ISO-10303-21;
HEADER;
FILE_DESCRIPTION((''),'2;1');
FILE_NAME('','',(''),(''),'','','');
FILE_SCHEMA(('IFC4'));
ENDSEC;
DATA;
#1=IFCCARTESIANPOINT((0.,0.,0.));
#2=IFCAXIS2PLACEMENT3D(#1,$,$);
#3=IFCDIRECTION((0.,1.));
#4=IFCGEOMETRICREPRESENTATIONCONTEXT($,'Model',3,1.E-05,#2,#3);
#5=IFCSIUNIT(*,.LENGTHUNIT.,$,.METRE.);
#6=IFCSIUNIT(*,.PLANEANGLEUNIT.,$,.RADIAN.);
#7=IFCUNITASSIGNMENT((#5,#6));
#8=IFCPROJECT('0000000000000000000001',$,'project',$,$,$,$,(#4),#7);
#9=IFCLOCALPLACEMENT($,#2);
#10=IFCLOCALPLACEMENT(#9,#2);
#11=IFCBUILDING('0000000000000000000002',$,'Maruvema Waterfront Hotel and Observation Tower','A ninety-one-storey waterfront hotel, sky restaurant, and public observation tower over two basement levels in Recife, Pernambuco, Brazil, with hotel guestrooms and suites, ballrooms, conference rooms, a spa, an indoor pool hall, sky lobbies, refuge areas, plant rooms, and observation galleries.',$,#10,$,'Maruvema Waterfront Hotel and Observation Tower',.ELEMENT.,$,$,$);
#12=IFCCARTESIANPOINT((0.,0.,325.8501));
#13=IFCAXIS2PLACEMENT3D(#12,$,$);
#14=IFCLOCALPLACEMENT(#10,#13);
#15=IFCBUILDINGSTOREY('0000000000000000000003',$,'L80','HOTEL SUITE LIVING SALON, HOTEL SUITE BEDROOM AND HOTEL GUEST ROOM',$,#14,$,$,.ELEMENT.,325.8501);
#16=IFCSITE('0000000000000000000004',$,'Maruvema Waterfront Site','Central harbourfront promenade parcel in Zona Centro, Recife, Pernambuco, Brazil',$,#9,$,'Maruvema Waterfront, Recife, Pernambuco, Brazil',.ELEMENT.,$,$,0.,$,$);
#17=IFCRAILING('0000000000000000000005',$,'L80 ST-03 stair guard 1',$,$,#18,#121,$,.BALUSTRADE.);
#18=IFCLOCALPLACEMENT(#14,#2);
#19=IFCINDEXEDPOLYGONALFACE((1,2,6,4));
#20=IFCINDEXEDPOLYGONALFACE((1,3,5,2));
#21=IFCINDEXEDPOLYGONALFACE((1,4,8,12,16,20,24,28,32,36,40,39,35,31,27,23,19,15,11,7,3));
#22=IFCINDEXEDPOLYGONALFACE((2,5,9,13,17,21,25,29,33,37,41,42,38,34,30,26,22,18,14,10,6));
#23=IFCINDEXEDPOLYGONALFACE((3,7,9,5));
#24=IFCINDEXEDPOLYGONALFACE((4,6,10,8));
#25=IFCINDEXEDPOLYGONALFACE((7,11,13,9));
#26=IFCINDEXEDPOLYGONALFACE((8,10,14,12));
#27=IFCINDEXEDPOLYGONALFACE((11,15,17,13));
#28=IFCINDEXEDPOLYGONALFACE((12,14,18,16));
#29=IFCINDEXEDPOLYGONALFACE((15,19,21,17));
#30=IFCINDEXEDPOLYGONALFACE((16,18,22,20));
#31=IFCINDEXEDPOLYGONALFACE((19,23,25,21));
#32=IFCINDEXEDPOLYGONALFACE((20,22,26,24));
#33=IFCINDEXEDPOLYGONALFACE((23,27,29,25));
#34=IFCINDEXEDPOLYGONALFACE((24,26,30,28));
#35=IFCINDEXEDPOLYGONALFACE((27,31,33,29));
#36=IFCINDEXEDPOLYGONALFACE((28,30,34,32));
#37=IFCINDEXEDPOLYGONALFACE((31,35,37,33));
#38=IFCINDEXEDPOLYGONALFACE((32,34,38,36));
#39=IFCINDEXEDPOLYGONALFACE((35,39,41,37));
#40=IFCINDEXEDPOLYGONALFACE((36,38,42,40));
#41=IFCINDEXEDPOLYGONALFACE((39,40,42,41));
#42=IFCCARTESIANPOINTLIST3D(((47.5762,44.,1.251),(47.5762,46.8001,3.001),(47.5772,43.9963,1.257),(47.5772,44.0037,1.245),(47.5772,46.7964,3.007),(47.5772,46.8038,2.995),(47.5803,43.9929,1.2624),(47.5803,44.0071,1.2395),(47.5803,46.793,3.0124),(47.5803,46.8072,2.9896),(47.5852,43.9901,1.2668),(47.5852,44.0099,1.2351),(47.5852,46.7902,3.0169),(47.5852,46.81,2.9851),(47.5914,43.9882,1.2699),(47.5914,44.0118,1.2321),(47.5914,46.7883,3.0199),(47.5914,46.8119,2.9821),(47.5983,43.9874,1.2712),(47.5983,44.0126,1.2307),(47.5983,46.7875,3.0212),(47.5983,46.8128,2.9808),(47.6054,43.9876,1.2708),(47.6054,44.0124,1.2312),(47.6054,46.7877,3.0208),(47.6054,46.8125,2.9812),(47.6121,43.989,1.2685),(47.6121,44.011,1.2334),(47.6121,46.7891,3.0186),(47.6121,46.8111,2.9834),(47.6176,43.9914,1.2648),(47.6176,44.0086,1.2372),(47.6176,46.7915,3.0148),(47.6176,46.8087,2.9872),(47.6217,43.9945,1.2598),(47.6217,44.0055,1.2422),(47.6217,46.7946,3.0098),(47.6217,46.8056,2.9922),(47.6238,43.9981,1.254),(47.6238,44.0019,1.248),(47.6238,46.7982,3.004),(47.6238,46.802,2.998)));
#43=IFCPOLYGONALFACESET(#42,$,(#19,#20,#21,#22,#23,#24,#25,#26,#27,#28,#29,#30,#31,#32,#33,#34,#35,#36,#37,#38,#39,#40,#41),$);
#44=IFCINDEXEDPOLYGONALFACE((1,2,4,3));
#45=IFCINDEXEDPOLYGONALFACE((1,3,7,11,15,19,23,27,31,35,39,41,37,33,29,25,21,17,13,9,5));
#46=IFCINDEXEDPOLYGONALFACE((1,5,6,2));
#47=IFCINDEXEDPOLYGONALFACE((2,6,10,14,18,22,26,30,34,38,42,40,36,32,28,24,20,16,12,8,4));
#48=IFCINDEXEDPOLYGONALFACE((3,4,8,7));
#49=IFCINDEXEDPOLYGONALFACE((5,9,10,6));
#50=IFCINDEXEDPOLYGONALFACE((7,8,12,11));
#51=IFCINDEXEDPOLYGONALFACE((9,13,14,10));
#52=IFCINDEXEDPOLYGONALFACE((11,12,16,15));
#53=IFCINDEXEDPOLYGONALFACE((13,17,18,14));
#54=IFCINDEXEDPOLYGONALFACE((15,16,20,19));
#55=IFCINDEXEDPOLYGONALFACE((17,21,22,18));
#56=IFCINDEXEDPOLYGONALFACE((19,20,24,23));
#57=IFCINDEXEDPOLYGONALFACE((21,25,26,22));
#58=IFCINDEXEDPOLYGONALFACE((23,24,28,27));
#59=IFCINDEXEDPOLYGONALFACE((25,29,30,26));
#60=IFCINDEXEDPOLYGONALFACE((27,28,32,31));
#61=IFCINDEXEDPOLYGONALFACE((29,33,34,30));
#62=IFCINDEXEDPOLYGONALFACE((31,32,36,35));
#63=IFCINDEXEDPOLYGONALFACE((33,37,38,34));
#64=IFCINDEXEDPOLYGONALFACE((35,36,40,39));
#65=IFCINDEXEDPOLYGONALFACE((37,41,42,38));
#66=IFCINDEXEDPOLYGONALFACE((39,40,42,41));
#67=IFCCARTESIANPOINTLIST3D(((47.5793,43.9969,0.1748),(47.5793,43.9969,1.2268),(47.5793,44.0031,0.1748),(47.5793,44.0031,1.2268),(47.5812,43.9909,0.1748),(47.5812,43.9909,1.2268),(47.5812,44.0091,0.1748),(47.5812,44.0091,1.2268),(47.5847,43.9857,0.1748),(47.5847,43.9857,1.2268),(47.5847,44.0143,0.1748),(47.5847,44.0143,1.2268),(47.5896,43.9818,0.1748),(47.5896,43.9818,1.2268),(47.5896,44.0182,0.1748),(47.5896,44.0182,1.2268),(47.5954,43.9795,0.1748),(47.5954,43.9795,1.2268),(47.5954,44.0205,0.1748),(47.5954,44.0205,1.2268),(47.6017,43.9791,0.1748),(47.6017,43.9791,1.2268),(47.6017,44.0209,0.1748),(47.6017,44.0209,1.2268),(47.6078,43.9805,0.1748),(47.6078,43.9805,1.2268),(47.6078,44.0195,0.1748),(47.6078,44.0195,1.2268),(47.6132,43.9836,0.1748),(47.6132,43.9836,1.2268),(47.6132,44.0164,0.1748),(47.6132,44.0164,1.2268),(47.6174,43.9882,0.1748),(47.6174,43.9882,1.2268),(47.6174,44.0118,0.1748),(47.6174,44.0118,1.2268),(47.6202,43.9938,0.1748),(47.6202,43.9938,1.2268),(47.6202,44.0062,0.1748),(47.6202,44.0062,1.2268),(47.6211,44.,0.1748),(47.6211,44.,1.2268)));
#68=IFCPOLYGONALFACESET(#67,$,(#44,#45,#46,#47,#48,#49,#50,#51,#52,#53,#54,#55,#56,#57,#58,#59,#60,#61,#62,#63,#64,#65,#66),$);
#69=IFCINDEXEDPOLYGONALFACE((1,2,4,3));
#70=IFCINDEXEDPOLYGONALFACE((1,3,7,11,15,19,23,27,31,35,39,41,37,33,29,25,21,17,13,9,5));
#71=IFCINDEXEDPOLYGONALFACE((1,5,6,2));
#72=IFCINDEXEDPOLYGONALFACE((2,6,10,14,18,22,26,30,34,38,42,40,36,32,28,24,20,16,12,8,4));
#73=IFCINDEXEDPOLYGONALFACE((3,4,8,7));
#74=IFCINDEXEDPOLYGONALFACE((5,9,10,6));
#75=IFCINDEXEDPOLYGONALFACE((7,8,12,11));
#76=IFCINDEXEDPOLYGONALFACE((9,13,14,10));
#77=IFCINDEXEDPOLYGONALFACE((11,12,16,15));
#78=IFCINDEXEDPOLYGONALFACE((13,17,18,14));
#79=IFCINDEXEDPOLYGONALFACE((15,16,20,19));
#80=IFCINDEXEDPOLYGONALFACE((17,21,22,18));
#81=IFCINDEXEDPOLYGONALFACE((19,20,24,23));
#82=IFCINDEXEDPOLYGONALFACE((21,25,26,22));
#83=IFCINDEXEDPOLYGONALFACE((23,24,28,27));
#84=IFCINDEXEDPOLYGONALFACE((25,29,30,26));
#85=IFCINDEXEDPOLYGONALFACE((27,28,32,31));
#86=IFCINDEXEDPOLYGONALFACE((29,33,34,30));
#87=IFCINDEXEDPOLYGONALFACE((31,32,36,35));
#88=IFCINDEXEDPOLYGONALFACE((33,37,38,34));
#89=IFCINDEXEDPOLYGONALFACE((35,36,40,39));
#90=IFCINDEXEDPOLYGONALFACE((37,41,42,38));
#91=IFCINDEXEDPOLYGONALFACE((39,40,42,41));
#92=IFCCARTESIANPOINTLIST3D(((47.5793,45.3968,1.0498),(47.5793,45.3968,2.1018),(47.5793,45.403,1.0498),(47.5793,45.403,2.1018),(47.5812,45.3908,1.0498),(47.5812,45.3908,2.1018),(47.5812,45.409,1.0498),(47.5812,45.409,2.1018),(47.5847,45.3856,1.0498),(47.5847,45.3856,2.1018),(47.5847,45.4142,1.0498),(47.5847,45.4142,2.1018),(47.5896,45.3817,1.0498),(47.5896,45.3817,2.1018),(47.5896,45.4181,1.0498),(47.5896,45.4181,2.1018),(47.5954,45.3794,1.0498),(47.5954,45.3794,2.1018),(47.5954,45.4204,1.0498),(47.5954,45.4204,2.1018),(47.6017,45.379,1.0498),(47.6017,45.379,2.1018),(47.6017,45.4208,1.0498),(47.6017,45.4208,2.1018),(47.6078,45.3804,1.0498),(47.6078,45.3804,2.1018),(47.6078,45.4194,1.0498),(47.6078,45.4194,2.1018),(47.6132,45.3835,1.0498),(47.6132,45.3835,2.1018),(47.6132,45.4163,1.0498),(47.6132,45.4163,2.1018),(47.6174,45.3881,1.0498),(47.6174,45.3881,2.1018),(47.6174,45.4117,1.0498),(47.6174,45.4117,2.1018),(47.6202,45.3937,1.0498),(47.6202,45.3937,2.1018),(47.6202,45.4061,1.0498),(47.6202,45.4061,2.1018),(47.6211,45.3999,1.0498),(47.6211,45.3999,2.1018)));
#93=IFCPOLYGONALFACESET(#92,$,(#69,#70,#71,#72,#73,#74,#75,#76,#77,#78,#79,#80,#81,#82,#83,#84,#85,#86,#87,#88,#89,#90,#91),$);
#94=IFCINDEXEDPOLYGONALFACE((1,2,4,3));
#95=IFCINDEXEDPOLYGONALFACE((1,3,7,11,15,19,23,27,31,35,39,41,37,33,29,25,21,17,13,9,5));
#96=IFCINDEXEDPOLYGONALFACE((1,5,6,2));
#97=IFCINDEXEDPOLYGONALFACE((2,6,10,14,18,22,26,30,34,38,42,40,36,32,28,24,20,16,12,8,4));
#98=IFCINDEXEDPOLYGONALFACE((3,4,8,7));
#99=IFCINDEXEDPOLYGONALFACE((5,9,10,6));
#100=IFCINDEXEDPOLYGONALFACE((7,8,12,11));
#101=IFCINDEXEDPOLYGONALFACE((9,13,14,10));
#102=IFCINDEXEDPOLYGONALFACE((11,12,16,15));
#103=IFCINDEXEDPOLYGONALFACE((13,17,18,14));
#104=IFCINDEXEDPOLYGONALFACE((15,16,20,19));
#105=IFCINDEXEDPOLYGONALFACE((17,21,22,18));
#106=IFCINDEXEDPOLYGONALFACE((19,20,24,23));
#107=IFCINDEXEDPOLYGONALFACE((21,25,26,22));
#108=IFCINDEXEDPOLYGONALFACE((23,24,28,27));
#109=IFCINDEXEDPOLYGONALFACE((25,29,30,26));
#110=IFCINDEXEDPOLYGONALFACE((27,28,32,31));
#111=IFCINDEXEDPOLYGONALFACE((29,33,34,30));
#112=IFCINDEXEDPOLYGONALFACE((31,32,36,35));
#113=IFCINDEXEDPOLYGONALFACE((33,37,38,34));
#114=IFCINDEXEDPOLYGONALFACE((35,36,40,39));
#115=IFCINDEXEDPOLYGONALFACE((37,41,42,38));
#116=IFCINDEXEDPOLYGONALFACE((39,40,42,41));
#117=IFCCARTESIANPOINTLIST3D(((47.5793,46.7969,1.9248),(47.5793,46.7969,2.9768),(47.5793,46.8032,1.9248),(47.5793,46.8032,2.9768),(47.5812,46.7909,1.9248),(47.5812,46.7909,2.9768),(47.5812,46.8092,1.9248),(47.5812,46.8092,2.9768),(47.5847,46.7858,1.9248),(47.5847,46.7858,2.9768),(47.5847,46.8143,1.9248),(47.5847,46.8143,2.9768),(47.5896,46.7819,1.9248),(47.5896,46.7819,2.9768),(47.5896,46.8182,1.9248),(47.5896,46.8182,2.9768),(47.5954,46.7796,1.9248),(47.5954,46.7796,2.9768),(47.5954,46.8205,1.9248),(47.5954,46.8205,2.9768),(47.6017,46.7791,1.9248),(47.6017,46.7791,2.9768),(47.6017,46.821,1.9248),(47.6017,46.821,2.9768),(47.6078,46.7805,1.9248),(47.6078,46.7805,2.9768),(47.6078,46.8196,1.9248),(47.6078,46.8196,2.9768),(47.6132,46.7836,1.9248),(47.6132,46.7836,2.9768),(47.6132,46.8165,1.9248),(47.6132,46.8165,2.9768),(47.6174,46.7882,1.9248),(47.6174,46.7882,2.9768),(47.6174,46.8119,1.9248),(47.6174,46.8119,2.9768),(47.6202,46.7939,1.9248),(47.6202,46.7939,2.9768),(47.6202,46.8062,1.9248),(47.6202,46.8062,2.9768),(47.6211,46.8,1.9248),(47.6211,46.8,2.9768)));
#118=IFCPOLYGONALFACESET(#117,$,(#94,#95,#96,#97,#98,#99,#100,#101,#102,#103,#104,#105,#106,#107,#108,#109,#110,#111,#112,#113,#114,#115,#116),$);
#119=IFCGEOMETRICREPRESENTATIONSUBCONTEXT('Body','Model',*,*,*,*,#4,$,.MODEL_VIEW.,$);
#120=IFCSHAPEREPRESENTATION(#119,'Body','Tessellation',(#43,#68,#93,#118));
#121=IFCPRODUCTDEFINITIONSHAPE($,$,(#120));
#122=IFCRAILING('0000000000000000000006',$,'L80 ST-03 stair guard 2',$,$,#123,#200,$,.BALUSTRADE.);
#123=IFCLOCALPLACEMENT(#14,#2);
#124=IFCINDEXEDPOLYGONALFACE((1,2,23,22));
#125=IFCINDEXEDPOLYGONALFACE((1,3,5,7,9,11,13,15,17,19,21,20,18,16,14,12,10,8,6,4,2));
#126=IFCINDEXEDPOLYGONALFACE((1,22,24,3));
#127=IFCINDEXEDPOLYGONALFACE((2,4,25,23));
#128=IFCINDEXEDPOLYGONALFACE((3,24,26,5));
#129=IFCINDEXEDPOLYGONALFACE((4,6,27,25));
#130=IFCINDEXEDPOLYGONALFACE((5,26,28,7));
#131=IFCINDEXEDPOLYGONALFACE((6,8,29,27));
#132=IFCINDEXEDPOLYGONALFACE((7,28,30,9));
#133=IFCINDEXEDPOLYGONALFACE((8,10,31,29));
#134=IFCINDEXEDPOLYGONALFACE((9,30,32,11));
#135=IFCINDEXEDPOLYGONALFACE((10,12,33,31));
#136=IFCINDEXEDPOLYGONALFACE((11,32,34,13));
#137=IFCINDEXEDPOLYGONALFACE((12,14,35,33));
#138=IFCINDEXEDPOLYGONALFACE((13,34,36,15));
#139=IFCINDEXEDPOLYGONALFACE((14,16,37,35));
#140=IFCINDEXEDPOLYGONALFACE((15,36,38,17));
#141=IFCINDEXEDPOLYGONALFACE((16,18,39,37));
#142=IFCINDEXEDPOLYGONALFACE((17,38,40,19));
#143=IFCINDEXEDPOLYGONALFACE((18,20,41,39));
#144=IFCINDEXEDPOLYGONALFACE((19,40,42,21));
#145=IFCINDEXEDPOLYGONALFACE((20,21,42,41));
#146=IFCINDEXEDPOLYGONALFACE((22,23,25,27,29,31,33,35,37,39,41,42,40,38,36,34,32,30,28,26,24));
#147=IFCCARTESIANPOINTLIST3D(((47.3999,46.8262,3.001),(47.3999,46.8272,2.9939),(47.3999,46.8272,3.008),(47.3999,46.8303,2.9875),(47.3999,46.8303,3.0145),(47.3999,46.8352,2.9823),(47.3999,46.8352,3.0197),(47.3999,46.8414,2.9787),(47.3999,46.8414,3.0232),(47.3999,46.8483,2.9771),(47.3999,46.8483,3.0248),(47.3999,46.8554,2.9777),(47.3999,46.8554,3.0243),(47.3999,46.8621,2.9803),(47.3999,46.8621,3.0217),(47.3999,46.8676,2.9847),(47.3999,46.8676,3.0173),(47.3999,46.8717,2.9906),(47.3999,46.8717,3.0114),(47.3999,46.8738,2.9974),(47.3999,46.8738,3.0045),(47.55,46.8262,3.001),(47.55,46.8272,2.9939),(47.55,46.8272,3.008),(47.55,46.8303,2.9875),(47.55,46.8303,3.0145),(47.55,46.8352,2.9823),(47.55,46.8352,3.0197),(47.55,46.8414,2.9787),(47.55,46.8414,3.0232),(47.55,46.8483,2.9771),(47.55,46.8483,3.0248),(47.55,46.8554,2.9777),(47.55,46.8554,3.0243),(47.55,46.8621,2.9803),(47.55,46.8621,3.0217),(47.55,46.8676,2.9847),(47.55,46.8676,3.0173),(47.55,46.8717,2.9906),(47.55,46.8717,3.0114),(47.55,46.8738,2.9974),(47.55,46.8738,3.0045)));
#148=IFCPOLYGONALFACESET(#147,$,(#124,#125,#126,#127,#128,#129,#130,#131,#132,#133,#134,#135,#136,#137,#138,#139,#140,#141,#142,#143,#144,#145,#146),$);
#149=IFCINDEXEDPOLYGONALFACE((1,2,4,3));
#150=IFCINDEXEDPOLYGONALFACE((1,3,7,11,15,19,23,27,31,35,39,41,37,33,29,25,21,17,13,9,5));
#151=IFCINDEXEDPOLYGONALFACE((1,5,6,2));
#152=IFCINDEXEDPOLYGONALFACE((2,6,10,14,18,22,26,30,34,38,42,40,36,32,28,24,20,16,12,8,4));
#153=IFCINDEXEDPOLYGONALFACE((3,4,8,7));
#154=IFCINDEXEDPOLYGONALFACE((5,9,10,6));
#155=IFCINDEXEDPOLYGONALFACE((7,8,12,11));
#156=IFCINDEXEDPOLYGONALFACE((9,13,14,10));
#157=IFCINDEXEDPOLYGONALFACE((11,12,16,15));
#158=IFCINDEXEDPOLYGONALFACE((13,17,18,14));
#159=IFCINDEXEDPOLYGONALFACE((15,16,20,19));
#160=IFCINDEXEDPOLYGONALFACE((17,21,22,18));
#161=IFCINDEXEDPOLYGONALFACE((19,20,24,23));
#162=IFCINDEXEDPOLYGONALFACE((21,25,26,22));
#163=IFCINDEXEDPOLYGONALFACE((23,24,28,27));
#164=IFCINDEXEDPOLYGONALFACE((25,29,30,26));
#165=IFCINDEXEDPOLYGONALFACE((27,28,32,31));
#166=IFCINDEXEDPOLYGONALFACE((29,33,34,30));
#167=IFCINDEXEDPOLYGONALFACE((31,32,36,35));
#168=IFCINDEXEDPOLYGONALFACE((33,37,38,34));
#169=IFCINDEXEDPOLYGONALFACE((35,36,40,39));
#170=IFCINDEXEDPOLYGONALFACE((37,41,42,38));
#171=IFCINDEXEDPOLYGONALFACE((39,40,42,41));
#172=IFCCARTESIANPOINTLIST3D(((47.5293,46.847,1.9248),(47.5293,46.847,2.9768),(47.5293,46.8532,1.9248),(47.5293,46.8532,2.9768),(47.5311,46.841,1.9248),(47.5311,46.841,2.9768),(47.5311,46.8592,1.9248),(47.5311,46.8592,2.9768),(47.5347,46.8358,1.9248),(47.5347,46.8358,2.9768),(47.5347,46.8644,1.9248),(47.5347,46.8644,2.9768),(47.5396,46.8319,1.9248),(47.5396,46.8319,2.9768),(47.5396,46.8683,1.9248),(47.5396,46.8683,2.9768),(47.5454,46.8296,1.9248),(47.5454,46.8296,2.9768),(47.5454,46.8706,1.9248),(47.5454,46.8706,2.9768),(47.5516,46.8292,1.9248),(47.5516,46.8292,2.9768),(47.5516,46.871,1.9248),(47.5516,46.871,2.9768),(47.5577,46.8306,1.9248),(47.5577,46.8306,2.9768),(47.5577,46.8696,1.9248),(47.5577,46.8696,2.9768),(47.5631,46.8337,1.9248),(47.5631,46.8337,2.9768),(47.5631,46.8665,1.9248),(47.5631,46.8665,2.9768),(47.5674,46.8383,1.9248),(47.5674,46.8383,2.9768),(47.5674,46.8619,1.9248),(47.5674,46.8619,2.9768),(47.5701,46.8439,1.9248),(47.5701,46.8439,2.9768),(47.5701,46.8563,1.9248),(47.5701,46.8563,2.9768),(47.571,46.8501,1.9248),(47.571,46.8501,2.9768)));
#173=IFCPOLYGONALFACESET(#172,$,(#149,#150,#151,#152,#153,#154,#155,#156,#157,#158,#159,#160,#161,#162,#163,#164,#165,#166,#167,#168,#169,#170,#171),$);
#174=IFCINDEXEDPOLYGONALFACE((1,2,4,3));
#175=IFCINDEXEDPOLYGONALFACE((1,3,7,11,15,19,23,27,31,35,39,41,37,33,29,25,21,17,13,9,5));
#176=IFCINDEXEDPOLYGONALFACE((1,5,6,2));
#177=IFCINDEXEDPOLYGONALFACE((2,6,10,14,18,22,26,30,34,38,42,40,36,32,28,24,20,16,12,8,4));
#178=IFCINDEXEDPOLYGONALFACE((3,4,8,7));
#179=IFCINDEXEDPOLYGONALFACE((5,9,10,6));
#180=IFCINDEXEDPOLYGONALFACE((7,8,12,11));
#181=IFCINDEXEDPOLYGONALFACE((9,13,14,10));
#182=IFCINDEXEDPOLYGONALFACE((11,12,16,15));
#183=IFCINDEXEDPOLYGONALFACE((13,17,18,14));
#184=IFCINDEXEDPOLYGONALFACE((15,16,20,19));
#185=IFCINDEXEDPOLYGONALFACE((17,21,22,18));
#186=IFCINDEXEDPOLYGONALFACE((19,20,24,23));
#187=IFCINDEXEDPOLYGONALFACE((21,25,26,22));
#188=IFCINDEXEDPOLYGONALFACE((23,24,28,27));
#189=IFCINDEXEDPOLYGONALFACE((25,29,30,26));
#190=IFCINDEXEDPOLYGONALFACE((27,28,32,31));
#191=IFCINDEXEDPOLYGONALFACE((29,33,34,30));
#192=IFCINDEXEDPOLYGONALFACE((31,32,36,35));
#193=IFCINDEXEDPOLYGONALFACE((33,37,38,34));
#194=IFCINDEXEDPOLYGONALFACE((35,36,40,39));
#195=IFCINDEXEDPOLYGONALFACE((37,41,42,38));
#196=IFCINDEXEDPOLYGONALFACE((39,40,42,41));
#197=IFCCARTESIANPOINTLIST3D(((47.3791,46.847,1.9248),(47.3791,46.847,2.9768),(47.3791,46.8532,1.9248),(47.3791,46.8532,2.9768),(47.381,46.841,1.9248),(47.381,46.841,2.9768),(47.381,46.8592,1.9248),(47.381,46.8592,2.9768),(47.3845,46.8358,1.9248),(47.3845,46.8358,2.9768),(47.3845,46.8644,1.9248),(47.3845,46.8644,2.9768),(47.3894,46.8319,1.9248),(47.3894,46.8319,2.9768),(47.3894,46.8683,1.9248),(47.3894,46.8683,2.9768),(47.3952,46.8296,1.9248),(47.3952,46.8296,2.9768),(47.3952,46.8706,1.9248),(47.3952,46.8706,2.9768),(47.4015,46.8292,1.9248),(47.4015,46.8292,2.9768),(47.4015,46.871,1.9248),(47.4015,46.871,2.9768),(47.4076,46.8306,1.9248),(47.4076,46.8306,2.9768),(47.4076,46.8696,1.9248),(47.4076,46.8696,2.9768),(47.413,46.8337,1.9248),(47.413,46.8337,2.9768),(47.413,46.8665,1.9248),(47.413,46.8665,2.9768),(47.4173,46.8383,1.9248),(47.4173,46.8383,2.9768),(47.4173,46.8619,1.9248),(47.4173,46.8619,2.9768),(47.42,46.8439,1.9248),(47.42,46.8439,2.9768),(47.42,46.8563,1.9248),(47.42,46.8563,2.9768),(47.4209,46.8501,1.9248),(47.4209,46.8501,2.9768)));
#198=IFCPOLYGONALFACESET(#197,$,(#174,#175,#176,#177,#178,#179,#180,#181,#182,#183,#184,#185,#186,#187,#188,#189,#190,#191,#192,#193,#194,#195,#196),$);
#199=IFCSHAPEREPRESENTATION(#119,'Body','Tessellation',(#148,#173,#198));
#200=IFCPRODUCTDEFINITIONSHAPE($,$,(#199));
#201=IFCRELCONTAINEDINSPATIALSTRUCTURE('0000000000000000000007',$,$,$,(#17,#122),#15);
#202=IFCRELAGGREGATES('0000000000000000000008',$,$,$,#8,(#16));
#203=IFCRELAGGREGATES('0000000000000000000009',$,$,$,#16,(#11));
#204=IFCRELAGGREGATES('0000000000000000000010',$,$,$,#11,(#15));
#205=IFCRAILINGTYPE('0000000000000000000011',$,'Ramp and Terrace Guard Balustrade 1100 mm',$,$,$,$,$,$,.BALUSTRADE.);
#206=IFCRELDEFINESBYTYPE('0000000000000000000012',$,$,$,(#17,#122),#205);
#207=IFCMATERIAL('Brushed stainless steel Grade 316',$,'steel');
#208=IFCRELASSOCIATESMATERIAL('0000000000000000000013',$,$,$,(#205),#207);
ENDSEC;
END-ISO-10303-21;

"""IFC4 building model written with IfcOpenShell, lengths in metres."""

from ifc_helpers import new_model, si_unit, direction, frame, origin, origin_2d, place, context, subcontext, project, spatial, circle, extrude, material, type_object, element, save


model = new_model("IFC4")

# Units and contexts
model_context = context("Model", 3, precision=1e-05, world=origin(), true_north=direction((0.0, 1.0)))
body_context = subcontext(model_context, "Body", "Model", "MODEL_VIEW")
ifc_project = project(units=[si_unit("LENGTHUNIT", "METRE"), si_unit("PLANEANGLEUNIT", "RADIAN")], contexts=[model_context])

# Site, building, storey
site_placement = place(None, origin())
site = spatial("IfcSite", under=ifc_project, at=site_placement, Name="Maruvema Waterfront Site", Description="Central harbourfront promenade parcel in Zona Centro, Recife, Pernambuco, Brazil", LongName="Maruvema Waterfront, Recife, Pernambuco, Brazil", CompositionType="ELEMENT", RefElevation=0.0)
building_placement = place(site_placement, origin())
building = spatial("IfcBuilding", under=site, at=building_placement, Name="Maruvema Waterfront Hotel and Observation Tower", Description="A ninety-one-storey waterfront hotel, sky restaurant, and public observation tower over two basement levels in Recife, Pernambuco, Brazil, with hotel guestrooms and suites, ballrooms, conference rooms, a spa, an indoor pool hall, sky lobbies, refuge areas, plant rooms, and observation galleries.", LongName="Maruvema Waterfront Hotel and Observation Tower", CompositionType="ELEMENT")
storey_placement = place(building_placement, frame((0.0, 0.0, 325.8501)))
storey = spatial("IfcBuildingStorey", under=building, at=storey_placement, Name="L80", Description="HOTEL SUITE LIVING SALON, HOTEL SUITE BEDROOM AND HOTEL GUEST ROOM", CompositionType="ELEMENT", Elevation=325.8501)

# Railings
ifc_material_1 = material(Name="Brushed stainless steel Grade 316", Category="steel")
railing_type_1 = type_object("IfcRailingType", Name="Ramp and Terrace Guard Balustrade 1100 mm", PredefinedType="BALUSTRADE", material=ifc_material_1)
railing_1_placement = place(storey_placement, frame((47.6001, 44.0, 0.1748)))
element("IfcRailing", 1, at=railing_1_placement, inside=storey, type_object=railing_type_1, Name="L80 ST-03 stair guard 1", PredefinedType="BALUSTRADE", context=body_context, shape_type="SweptSolid", body=[
    extrude(circle(Radius=0.0239, at=origin_2d()), frame((0.0, 0.0, 1.0762), z_axis=(0.0, 0.848002, 0.529992), x_axis=(-1.0, 0.0, 0.0)), (0.0, 0.0, 1.0), 3.302),
    extrude(circle(Radius=0.021, at=origin_2d()), origin(), (0.0, 0.0, 1.0), 1.052),
    extrude(circle(Radius=0.021, at=origin_2d()), frame((0.0, 1.3999, 0.875)), (0.0, 0.0, 1.0), 1.052),
    extrude(circle(Radius=0.021, at=origin_2d()), frame((0.0, 2.8, 1.75)), (0.0, 0.0, 1.0), 1.052),
])
railing_2_placement = place(storey_placement, frame((47.55, 46.8501, 1.9248)))
element("IfcRailing", 2, at=railing_2_placement, inside=storey, type_object=railing_type_1, Name="L80 ST-03 stair guard 2", PredefinedType="BALUSTRADE", context=body_context, shape_type="SweptSolid", body=[
    extrude(circle(Radius=0.0239, at=origin_2d()), frame((0.0, 0.0, 1.0762), z_axis=(-1.0, 0.0, 0.0), x_axis=(0.0, -1.0, 0.0)), (0.0, 0.0, 1.0), 0.1501),
    extrude(circle(Radius=0.021, at=origin_2d()), origin(), (0.0, 0.0, 1.0), 1.052),
    extrude(circle(Radius=0.021, at=origin_2d()), frame((-0.1501, 0.0, 0.0)), (0.0, 0.0, 1.0), 1.052),
])

save(model, "model.ifc")
